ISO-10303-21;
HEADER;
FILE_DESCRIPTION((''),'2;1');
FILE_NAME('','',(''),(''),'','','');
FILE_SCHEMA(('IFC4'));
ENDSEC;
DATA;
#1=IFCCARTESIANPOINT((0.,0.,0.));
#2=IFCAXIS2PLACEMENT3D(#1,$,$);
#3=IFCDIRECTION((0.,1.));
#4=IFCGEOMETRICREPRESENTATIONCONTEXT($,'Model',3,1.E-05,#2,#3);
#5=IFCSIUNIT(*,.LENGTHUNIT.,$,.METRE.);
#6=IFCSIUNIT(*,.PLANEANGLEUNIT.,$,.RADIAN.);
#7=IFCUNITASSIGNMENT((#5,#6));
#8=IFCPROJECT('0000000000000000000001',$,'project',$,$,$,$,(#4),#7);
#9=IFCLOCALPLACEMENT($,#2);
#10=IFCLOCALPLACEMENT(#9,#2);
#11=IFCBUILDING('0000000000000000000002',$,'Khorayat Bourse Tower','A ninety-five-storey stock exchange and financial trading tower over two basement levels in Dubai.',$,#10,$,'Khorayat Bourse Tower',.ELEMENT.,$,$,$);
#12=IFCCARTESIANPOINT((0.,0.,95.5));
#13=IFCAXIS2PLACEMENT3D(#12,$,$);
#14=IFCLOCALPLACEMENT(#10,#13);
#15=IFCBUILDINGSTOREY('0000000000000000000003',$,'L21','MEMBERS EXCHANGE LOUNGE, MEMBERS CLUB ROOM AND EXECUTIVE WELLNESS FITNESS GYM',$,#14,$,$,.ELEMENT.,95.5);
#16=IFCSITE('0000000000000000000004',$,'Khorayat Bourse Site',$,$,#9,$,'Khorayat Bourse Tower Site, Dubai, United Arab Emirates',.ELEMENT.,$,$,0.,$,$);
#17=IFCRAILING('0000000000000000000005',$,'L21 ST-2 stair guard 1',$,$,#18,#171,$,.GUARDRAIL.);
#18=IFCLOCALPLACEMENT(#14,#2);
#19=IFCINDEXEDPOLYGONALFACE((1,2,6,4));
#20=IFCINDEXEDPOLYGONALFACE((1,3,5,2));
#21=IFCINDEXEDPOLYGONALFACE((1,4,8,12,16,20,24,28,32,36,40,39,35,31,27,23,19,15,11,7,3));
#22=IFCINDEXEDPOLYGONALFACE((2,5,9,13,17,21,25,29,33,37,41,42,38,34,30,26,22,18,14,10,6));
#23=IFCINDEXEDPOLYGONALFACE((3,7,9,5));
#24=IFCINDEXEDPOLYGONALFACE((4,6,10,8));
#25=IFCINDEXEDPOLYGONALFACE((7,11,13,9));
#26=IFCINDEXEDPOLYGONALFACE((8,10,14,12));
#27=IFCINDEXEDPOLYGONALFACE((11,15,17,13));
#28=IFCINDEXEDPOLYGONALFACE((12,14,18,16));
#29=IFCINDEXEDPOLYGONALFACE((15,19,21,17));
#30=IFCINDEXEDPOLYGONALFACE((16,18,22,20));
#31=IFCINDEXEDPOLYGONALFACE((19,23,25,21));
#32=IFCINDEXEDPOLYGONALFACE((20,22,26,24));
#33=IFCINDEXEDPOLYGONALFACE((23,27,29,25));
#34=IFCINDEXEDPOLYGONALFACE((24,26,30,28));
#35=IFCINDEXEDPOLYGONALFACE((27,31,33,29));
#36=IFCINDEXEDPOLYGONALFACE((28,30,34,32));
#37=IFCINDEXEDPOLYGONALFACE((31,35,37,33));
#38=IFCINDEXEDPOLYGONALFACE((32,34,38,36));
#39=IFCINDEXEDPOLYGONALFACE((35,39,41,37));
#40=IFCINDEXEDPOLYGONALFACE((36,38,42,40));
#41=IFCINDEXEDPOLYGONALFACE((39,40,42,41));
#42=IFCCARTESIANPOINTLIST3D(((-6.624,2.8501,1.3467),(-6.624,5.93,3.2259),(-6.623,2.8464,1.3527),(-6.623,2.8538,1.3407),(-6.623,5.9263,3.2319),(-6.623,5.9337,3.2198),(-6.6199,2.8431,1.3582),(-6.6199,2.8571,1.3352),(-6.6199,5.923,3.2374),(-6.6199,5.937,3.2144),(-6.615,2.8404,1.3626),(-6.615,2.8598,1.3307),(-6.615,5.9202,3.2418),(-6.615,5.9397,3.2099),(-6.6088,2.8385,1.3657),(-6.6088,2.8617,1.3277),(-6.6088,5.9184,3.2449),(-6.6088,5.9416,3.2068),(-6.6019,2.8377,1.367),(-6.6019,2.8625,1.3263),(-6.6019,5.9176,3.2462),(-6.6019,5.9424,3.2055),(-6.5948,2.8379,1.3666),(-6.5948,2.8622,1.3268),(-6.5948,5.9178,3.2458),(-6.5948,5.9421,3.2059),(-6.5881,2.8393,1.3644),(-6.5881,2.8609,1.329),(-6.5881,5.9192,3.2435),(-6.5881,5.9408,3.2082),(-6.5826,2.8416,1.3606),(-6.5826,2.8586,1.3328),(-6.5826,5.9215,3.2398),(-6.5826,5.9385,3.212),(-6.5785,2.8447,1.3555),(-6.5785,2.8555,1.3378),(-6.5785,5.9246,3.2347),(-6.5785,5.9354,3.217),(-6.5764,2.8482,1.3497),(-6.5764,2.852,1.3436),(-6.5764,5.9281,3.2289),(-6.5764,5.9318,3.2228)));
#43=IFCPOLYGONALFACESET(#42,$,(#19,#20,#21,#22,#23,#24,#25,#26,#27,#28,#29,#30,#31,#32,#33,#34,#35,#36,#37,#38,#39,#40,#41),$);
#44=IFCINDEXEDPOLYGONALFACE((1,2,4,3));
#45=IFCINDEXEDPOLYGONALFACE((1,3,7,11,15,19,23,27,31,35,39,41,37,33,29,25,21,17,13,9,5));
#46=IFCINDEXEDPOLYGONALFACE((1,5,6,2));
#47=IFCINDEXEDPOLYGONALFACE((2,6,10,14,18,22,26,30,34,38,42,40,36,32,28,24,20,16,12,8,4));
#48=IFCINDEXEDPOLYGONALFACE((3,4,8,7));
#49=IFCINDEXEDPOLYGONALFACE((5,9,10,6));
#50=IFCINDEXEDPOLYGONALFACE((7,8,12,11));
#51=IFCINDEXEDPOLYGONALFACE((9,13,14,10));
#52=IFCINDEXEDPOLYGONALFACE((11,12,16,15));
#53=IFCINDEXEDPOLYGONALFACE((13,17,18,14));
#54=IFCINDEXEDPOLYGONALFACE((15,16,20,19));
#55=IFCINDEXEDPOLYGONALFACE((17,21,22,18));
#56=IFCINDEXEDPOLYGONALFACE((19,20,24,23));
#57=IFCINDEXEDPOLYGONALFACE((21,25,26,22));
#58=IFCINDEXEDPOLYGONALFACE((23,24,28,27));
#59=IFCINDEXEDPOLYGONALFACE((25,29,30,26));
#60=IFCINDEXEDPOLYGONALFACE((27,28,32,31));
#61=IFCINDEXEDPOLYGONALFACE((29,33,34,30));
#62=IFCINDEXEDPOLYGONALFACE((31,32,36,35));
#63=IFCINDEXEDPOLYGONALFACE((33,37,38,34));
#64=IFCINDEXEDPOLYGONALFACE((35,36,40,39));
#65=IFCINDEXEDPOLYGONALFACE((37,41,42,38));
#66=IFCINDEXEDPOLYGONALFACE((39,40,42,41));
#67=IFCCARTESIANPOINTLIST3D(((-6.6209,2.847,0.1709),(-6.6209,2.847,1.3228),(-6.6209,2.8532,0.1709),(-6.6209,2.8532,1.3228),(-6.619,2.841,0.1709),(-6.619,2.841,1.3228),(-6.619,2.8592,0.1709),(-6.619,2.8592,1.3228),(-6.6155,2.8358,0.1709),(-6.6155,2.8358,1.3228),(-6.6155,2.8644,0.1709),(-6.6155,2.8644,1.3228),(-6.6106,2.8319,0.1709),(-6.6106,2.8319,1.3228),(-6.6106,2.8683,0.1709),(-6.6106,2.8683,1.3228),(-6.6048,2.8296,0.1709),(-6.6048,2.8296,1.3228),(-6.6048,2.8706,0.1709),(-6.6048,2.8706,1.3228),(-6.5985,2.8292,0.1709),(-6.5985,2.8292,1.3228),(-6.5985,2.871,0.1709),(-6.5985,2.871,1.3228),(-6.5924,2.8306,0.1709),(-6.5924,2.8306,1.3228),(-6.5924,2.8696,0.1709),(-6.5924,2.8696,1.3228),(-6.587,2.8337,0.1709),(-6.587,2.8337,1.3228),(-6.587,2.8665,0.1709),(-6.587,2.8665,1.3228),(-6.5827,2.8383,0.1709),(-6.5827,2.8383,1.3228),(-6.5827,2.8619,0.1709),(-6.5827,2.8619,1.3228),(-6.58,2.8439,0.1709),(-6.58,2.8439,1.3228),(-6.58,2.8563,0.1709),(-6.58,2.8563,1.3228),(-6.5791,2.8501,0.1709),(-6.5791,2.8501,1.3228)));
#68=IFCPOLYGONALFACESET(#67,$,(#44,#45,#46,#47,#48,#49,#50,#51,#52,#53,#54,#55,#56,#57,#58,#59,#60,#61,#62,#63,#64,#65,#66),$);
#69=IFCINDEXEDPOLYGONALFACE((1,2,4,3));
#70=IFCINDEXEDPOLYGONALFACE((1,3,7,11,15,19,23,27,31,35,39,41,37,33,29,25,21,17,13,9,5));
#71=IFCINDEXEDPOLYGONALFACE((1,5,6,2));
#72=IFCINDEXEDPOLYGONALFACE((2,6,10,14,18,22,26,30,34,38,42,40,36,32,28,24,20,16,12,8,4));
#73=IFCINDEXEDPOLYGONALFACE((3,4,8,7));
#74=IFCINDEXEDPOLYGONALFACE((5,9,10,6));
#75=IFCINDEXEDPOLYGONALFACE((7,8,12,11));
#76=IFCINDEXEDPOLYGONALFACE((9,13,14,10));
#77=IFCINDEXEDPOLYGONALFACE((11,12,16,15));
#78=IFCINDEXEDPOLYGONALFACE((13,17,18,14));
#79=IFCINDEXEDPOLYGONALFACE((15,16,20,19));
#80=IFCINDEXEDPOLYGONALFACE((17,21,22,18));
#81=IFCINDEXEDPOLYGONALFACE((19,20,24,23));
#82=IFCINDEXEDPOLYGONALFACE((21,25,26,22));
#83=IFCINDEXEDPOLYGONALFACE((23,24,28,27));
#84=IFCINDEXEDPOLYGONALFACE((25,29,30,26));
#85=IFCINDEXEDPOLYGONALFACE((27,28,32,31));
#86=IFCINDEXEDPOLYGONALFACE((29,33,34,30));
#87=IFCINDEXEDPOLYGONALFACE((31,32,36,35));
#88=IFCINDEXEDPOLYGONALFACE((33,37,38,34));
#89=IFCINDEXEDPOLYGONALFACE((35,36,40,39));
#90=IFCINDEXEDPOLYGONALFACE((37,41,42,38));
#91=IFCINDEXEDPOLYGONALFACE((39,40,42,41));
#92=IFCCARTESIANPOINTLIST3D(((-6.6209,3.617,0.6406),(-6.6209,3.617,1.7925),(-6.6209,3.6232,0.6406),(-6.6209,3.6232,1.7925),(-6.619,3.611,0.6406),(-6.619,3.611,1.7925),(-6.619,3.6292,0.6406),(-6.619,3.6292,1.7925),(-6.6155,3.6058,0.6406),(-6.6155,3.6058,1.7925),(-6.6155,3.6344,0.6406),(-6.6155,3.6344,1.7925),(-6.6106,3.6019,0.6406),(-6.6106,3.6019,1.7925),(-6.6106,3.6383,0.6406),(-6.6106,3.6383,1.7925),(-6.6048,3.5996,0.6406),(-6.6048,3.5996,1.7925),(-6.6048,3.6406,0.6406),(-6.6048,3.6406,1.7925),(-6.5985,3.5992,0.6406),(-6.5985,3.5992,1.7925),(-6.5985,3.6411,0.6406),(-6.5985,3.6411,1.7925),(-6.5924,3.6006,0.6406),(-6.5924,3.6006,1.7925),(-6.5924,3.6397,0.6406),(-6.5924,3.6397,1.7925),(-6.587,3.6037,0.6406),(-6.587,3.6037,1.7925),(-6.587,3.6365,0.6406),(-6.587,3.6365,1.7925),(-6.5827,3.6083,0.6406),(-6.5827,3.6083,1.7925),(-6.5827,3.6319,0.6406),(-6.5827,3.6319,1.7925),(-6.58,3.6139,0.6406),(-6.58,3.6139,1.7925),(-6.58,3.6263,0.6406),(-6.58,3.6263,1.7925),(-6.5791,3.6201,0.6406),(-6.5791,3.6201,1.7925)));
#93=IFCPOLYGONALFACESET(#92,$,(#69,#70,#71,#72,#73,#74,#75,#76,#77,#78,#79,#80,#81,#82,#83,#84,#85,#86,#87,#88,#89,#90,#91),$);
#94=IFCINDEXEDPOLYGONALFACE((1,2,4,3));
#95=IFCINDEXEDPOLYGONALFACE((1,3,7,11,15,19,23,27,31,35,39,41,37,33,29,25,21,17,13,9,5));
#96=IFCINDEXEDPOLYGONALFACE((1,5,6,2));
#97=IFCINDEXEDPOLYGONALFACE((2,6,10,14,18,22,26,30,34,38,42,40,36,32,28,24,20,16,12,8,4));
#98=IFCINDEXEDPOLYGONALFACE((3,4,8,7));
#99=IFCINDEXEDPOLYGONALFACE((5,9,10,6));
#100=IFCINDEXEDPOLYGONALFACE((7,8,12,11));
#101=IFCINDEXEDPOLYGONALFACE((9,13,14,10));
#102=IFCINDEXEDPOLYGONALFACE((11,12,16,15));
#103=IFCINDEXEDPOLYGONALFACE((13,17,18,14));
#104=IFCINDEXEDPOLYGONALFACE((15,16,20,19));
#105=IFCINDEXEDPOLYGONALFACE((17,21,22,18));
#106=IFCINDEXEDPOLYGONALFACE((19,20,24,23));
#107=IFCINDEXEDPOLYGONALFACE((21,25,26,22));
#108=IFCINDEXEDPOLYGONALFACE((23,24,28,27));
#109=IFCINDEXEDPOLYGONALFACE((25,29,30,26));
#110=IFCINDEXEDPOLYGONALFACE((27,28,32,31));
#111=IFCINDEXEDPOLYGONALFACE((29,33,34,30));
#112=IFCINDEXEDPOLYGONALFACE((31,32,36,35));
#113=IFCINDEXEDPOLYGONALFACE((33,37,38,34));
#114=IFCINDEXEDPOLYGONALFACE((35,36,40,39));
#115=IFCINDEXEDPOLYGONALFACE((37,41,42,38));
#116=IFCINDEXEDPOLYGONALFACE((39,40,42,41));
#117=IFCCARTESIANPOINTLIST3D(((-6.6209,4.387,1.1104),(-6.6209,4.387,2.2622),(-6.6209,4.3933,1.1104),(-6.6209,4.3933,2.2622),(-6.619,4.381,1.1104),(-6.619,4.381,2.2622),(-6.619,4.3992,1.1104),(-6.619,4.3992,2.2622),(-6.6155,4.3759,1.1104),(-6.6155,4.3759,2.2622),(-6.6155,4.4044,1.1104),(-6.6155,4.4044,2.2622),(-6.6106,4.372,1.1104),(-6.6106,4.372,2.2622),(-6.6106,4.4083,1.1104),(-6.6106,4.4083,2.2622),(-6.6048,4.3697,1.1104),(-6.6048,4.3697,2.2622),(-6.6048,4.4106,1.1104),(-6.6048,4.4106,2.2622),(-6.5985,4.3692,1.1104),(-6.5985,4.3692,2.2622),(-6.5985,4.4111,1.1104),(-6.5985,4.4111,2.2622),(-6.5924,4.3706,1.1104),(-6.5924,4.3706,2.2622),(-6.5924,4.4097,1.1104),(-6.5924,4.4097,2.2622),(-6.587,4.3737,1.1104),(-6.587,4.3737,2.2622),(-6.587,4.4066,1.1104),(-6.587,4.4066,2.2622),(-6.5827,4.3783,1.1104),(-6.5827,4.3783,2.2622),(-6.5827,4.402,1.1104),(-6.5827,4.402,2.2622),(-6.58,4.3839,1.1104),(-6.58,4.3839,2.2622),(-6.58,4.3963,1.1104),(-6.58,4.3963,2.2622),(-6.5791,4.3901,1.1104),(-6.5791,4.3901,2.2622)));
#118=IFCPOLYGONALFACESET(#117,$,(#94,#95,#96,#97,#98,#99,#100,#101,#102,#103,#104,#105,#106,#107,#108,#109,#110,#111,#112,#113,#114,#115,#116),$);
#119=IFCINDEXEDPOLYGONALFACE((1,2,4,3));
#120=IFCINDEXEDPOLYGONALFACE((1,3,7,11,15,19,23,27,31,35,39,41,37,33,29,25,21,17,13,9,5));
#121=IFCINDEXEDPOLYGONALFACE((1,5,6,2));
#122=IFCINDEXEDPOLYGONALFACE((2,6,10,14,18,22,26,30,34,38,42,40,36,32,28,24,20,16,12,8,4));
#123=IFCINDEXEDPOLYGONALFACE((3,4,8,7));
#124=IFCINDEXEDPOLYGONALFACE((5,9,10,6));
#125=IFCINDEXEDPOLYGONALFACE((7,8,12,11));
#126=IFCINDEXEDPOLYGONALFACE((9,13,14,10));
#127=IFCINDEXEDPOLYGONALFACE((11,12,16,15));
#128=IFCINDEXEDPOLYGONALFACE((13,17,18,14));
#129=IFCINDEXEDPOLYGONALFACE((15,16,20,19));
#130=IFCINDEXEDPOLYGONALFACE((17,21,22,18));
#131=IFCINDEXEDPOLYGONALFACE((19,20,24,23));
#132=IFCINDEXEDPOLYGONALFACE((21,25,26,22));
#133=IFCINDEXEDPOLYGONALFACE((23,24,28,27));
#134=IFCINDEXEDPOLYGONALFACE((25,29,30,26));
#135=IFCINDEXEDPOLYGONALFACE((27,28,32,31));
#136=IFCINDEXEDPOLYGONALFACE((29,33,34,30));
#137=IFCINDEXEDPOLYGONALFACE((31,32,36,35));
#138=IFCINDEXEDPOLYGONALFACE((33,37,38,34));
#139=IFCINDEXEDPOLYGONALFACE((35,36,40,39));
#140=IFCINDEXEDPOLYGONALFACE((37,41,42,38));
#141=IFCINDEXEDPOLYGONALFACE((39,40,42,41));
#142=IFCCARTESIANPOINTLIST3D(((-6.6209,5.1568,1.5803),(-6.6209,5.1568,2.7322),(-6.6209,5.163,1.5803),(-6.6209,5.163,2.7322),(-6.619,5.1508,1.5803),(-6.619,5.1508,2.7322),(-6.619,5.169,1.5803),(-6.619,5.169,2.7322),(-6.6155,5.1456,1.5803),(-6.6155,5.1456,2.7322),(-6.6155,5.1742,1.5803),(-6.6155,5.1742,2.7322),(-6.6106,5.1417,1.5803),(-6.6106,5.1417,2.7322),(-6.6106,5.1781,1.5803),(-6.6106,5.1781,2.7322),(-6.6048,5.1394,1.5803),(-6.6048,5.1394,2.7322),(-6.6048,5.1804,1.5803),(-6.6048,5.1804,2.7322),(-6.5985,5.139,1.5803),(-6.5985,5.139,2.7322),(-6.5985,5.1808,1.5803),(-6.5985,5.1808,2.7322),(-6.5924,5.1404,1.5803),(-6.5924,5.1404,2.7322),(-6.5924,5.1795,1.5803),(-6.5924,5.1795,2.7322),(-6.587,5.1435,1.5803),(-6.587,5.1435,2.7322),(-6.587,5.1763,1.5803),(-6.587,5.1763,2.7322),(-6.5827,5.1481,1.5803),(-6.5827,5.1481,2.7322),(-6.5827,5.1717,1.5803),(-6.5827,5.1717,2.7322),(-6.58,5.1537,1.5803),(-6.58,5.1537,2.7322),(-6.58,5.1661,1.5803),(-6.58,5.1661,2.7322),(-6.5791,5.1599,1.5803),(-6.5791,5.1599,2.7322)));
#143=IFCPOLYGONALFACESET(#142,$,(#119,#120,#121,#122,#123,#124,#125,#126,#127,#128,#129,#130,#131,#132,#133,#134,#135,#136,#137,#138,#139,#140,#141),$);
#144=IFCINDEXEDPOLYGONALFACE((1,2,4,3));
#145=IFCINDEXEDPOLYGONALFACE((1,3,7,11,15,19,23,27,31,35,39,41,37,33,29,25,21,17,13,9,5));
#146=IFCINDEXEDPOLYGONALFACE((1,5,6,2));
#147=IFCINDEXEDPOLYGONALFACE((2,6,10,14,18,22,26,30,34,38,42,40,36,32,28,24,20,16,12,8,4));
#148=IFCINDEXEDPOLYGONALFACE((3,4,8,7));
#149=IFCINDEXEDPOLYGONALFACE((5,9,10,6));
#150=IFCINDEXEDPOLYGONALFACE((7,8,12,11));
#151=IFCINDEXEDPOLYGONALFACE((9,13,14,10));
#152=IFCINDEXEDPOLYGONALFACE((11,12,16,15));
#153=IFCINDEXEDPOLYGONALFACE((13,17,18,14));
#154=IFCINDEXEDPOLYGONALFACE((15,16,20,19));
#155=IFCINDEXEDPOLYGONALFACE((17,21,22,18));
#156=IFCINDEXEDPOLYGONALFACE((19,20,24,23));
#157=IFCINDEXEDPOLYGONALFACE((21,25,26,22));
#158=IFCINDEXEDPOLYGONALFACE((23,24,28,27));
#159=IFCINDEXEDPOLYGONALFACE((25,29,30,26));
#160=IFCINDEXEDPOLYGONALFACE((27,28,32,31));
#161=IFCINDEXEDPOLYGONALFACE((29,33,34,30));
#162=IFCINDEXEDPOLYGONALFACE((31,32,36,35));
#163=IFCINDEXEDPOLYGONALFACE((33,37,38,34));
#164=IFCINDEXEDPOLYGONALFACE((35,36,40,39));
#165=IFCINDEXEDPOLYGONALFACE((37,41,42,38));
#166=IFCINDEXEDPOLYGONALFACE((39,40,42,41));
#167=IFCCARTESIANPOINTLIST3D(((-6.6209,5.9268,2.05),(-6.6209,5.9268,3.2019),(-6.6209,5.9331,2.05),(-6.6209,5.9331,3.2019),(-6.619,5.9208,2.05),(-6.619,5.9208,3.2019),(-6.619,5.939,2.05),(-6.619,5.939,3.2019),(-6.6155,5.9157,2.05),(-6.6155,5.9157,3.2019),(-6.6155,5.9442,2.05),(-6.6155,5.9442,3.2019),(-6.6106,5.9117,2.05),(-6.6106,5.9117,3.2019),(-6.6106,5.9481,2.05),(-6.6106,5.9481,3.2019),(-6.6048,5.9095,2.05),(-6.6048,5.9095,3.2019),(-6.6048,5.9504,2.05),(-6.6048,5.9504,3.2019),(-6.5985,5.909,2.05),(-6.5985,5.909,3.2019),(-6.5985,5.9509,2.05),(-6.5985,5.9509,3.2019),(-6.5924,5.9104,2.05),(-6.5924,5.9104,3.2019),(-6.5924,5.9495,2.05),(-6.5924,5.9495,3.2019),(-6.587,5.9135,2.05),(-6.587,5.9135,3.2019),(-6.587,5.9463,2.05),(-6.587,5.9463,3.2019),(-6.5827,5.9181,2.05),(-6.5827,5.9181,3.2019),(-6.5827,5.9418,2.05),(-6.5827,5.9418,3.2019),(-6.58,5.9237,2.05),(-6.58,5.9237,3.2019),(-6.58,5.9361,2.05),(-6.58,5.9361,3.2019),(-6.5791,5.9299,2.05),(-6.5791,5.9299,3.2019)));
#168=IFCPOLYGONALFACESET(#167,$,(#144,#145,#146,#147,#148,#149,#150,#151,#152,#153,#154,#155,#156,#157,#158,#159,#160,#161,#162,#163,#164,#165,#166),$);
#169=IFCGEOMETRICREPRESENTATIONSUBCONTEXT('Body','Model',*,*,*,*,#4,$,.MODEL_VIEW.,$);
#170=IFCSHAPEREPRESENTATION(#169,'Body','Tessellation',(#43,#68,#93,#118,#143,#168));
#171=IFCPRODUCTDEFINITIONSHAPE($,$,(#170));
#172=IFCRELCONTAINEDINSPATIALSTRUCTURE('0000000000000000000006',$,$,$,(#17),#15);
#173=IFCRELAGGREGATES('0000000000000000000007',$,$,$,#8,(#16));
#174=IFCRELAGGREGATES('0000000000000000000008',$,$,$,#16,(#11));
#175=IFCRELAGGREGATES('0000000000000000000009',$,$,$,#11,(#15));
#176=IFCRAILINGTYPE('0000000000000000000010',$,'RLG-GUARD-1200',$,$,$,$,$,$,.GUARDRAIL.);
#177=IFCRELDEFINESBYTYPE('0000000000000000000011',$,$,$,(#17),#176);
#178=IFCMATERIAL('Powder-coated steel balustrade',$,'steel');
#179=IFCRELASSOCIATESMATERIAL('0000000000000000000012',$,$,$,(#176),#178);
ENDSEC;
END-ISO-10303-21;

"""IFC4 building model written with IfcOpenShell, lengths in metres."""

from ifc_helpers import new_model, si_unit, direction, frame, origin, origin_2d, place, context, subcontext, project, spatial, circle, extrude, source, transform, mapped, material, type_object, element, save


model = new_model("IFC4")

# Units and contexts
model_context = context("Model", 3, precision=1e-05, world=origin(), true_north=direction((0.0, 1.0)))
body_context = subcontext(model_context, "Body", "Model", "MODEL_VIEW")
ifc_project = project(units=[si_unit("LENGTHUNIT", "METRE"), si_unit("PLANEANGLEUNIT", "RADIAN")], contexts=[model_context])

# Site, building, storey
site_placement = place(None, origin())
site = spatial("IfcSite", under=ifc_project, at=site_placement, Name="Khorayat Bourse Site", LongName="Khorayat Bourse Tower Site, Dubai, United Arab Emirates", CompositionType="ELEMENT", RefElevation=0.0)
building_placement = place(site_placement, origin())
building = spatial("IfcBuilding", under=site, at=building_placement, Name="Khorayat Bourse Tower", Description="A ninety-five-storey stock exchange and financial trading tower over two basement levels in Dubai.", LongName="Khorayat Bourse Tower", CompositionType="ELEMENT")
storey_placement = place(building_placement, frame((0.0, 0.0, 95.5)))
storey = spatial("IfcBuildingStorey", under=building, at=storey_placement, Name="L21", Description="MEMBERS EXCHANGE LOUNGE, MEMBERS CLUB ROOM AND EXECUTIVE WELLNESS FITNESS GYM", CompositionType="ELEMENT", Elevation=95.5)

# Railing
ifc_material_1 = material(Name="Powder-coated steel balustrade", Category="steel")
railing_type_1 = type_object("IfcRailingType", Name="RLG-GUARD-1200", PredefinedType="GUARDRAIL", material=ifc_material_1)
shared_shape_1 = source(origin(), body_context, "Body", "SweptSolid", [
    extrude(circle(Radius=0.0239, at=origin_2d()), frame((0.0, 0.0, 1.1758), z_axis=(0.0, 0.853648, 0.52085), x_axis=(-1.0, 0.0, 0.0)), (0.0, 0.0, 1.0), 3.6079),
    extrude(circle(Radius=0.021, at=origin_2d()), origin(), (0.0, 0.0, 1.0), 1.1519),
    extrude(circle(Radius=0.021, at=origin_2d()), frame((0.0, 0.77, 0.4697)), (0.0, 0.0, 1.0), 1.1519),
    extrude(circle(Radius=0.021, at=origin_2d()), frame((0.0, 1.54, 0.9395)), (0.0, 0.0, 1.0), 1.1519),
    extrude(circle(Radius=0.021, at=origin_2d()), frame((0.0, 2.3098, 1.4094)), (0.0, 0.0, 1.0), 1.1519),
    extrude(circle(Radius=0.021, at=origin_2d()), frame((0.0, 3.0798, 1.8792)), (0.0, 0.0, 1.0), 1.1519),
])
railing_1_placement = place(storey_placement, frame((-6.6001, 2.8501, 0.1709)))
element("IfcRailing", 1, at=railing_1_placement, inside=storey, type_object=railing_type_1, Name="L21 ST-2 stair guard 1", PredefinedType="GUARDRAIL", context=body_context, shape_type="MappedRepresentation", body=[
    mapped(shared_shape_1, transform((0.0, 0.0, 0.0), scale=1.0)),
])

save(model, "model.ifc")
